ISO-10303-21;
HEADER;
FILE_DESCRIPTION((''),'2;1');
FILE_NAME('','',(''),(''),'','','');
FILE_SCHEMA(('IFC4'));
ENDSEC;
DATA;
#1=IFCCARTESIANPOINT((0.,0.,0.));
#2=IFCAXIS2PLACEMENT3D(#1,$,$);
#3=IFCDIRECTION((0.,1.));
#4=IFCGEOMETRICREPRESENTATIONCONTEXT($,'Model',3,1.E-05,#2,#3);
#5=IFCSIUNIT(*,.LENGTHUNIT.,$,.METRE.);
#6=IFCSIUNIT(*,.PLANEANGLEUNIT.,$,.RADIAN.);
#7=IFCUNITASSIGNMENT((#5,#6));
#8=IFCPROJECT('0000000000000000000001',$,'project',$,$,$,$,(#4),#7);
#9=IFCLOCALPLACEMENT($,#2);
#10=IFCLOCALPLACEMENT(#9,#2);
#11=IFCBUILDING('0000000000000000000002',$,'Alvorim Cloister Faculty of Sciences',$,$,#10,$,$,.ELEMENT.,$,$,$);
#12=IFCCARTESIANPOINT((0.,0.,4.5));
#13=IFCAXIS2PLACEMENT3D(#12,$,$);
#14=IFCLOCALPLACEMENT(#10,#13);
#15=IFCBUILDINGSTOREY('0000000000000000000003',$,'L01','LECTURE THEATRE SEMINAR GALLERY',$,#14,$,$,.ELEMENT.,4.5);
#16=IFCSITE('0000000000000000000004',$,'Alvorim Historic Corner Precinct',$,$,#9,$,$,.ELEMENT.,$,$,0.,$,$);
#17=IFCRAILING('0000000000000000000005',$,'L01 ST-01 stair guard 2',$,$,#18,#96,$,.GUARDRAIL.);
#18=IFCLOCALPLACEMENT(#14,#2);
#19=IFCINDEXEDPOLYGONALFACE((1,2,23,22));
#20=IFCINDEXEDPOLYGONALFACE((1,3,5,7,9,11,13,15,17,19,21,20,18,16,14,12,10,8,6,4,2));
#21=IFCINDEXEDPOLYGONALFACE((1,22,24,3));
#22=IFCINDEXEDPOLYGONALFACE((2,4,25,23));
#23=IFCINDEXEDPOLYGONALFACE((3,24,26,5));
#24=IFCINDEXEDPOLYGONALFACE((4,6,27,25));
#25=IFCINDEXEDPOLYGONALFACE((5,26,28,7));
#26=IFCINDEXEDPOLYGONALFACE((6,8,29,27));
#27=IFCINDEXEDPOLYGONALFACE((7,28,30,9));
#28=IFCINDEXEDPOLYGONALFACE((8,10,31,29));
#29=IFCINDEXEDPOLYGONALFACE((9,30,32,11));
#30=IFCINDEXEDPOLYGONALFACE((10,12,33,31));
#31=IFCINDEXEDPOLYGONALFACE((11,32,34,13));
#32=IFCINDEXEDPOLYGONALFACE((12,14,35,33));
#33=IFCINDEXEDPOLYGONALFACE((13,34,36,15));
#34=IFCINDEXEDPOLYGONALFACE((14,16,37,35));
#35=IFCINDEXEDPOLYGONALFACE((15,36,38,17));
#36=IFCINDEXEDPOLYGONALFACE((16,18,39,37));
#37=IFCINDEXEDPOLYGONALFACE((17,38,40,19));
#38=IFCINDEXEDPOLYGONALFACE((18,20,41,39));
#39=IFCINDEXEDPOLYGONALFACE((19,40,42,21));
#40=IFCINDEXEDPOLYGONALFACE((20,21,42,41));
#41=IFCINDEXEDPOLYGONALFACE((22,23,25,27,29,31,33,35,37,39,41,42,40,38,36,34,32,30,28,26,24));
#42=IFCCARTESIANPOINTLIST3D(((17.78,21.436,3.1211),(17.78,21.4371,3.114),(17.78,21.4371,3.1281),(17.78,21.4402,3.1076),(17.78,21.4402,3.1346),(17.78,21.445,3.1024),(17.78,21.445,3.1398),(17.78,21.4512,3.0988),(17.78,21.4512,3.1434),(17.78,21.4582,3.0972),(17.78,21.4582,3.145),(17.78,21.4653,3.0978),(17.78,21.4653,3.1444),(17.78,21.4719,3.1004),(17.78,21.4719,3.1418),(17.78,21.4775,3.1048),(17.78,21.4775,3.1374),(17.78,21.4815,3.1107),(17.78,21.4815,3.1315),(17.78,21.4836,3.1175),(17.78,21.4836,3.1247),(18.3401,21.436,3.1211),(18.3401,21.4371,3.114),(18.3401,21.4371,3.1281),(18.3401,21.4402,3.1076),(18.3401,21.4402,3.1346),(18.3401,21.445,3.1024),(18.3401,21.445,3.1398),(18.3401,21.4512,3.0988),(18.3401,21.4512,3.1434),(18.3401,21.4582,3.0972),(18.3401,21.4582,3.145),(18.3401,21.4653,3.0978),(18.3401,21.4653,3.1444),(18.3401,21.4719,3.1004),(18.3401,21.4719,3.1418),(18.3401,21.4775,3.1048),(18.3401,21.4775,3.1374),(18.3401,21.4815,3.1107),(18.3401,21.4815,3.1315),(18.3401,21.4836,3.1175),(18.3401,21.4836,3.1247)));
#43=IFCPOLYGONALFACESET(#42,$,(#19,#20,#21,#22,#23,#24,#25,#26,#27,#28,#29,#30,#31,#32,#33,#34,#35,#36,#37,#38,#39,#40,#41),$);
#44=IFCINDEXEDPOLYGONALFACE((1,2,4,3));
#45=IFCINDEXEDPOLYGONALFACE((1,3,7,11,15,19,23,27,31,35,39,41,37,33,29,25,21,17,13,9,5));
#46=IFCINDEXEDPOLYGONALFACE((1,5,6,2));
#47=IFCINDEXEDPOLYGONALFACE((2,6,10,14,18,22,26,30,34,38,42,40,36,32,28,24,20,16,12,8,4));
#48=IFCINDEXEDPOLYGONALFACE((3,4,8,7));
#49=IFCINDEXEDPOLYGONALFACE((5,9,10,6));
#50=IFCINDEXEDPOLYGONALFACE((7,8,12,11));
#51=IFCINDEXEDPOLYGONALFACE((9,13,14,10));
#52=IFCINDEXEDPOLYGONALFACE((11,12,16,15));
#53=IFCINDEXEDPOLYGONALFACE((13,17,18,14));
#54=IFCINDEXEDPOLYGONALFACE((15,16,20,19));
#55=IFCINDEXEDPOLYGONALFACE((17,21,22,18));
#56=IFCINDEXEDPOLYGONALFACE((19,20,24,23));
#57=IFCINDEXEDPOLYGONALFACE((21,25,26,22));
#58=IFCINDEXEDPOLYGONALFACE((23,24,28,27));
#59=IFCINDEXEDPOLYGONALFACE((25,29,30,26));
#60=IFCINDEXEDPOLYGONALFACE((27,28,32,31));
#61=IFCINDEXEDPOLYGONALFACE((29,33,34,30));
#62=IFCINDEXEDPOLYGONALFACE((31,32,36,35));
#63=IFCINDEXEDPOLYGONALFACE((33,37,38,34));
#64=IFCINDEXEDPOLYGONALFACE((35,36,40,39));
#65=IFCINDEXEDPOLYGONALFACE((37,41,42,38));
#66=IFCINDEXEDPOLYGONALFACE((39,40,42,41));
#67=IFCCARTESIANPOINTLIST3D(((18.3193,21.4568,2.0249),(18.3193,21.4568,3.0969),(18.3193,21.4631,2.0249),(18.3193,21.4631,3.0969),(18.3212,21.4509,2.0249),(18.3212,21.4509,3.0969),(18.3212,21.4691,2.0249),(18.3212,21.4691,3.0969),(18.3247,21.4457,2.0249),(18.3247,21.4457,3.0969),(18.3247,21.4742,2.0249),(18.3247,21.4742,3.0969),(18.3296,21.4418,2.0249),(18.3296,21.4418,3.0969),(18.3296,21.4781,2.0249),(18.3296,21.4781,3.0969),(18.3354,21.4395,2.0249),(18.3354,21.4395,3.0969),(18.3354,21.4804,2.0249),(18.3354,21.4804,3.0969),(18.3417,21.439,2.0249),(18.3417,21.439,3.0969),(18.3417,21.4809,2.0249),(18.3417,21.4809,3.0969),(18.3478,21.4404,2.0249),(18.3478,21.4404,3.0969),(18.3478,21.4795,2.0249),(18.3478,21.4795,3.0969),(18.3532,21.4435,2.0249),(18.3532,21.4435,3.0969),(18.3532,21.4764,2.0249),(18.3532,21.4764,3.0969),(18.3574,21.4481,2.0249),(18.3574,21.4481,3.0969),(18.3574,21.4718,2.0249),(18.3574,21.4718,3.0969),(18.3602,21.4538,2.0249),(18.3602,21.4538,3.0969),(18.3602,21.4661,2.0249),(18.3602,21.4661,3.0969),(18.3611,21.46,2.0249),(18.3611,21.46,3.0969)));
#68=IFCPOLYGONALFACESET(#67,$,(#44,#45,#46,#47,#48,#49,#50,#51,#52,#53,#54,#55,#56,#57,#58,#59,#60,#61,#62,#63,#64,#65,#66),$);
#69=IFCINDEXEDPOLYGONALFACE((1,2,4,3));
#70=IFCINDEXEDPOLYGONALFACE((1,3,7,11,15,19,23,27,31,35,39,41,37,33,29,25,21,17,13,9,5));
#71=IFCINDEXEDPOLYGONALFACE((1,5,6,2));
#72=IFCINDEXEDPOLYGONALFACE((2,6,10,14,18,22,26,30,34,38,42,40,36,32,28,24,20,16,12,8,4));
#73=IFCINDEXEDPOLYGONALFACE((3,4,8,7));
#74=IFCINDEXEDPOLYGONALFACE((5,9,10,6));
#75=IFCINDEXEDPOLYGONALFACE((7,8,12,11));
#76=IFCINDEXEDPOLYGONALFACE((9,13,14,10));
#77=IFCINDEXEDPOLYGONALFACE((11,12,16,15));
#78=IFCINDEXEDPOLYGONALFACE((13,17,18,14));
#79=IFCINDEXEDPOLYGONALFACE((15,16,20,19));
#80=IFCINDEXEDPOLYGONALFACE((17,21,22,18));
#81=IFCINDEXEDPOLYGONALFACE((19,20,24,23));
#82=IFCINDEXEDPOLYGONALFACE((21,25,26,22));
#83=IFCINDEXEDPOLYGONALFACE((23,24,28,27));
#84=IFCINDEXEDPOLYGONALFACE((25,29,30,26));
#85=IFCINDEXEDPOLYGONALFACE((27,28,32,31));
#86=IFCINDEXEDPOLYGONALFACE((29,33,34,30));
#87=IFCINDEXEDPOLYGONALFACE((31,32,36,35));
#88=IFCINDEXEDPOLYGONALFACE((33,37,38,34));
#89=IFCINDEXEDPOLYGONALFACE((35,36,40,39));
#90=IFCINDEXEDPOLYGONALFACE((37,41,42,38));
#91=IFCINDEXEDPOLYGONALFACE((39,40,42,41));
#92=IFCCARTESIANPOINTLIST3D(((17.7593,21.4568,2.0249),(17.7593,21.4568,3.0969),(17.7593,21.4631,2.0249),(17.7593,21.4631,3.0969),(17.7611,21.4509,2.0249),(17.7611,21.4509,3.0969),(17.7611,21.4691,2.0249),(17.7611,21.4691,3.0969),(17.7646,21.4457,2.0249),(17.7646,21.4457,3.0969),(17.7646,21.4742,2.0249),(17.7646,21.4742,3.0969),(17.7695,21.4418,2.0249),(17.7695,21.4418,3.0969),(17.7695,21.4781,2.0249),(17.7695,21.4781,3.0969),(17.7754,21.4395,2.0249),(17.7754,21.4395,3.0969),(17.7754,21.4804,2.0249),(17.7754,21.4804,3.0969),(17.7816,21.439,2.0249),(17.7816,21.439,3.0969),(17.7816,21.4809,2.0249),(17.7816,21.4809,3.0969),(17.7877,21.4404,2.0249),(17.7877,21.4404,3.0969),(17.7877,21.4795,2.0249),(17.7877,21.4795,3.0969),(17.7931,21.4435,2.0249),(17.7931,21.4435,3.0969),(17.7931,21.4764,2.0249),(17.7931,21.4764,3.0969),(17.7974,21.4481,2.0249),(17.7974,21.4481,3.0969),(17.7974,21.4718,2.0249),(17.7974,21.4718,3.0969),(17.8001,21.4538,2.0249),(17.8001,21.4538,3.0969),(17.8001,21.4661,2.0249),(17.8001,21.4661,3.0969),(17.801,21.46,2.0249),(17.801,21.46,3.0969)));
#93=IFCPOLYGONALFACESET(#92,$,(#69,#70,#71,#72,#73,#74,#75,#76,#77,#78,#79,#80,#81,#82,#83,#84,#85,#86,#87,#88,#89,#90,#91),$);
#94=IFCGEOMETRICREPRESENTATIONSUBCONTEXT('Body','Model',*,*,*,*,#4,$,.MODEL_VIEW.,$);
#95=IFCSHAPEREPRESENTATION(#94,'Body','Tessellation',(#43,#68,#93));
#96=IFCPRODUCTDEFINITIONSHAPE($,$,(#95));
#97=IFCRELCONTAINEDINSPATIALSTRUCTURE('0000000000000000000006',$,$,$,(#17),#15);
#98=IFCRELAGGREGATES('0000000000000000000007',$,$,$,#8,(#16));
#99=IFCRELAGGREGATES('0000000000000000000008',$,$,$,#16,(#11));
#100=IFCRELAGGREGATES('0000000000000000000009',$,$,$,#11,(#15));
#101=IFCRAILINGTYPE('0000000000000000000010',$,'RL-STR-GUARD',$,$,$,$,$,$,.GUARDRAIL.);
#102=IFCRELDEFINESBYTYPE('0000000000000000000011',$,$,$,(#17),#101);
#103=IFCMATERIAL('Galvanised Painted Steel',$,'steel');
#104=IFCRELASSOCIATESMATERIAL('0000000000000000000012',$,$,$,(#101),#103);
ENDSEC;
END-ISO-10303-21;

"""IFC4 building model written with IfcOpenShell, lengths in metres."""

from ifc_helpers import new_model, si_unit, direction, frame, origin, origin_2d, place, context, subcontext, project, spatial, circle, extrude, material, type_object, element, save


model = new_model("IFC4")

# Units and contexts
model_context = context("Model", 3, precision=1e-05, world=origin(), true_north=direction((0.0, 1.0)))
body_context = subcontext(model_context, "Body", "Model", "MODEL_VIEW")
ifc_project = project(units=[si_unit("LENGTHUNIT", "METRE"), si_unit("PLANEANGLEUNIT", "RADIAN")], contexts=[model_context])

# Site, building, storey
site_placement = place(None, origin())
site = spatial("IfcSite", under=ifc_project, at=site_placement, Name="Alvorim Historic Corner Precinct", CompositionType="ELEMENT", RefElevation=0.0)
building_placement = place(site_placement, origin())
building = spatial("IfcBuilding", under=site, at=building_placement, Name="Alvorim Cloister Faculty of Sciences", CompositionType="ELEMENT")
storey_placement = place(building_placement, frame((0.0, 0.0, 4.5)))
storey = spatial("IfcBuildingStorey", under=building, at=storey_placement, Name="L01", Description="LECTURE THEATRE SEMINAR GALLERY", CompositionType="ELEMENT", Elevation=4.5)

# Railing
ifc_material_1 = material(Name="Galvanised Painted Steel", Category="steel")
railing_type_1 = type_object("IfcRailingType", Name="RL-STR-GUARD", PredefinedType="GUARDRAIL", material=ifc_material_1)
railing_1_placement = place(storey_placement, frame((18.3401, 21.46, 2.0249)))
element("IfcRailing", 1, at=railing_1_placement, inside=storey, type_object=railing_type_1, Name="L01 ST-01 stair guard 2", PredefinedType="GUARDRAIL", context=body_context, shape_type="SweptSolid", body=[
    extrude(circle(Radius=0.0239, at=origin_2d()), frame((0.0, 0.0, 1.0962), z_axis=(-1.0, 0.0, 0.0), x_axis=(0.0, -1.0, 0.0)), (0.0, 0.0, 1.0), 0.5601),
    extrude(circle(Radius=0.021, at=origin_2d()), origin(), (0.0, 0.0, 1.0), 1.072),
    extrude(circle(Radius=0.021, at=origin_2d()), frame((-0.5601, 0.0, 0.0)), (0.0, 0.0, 1.0), 1.072),
])

save(model, "model.ifc")
